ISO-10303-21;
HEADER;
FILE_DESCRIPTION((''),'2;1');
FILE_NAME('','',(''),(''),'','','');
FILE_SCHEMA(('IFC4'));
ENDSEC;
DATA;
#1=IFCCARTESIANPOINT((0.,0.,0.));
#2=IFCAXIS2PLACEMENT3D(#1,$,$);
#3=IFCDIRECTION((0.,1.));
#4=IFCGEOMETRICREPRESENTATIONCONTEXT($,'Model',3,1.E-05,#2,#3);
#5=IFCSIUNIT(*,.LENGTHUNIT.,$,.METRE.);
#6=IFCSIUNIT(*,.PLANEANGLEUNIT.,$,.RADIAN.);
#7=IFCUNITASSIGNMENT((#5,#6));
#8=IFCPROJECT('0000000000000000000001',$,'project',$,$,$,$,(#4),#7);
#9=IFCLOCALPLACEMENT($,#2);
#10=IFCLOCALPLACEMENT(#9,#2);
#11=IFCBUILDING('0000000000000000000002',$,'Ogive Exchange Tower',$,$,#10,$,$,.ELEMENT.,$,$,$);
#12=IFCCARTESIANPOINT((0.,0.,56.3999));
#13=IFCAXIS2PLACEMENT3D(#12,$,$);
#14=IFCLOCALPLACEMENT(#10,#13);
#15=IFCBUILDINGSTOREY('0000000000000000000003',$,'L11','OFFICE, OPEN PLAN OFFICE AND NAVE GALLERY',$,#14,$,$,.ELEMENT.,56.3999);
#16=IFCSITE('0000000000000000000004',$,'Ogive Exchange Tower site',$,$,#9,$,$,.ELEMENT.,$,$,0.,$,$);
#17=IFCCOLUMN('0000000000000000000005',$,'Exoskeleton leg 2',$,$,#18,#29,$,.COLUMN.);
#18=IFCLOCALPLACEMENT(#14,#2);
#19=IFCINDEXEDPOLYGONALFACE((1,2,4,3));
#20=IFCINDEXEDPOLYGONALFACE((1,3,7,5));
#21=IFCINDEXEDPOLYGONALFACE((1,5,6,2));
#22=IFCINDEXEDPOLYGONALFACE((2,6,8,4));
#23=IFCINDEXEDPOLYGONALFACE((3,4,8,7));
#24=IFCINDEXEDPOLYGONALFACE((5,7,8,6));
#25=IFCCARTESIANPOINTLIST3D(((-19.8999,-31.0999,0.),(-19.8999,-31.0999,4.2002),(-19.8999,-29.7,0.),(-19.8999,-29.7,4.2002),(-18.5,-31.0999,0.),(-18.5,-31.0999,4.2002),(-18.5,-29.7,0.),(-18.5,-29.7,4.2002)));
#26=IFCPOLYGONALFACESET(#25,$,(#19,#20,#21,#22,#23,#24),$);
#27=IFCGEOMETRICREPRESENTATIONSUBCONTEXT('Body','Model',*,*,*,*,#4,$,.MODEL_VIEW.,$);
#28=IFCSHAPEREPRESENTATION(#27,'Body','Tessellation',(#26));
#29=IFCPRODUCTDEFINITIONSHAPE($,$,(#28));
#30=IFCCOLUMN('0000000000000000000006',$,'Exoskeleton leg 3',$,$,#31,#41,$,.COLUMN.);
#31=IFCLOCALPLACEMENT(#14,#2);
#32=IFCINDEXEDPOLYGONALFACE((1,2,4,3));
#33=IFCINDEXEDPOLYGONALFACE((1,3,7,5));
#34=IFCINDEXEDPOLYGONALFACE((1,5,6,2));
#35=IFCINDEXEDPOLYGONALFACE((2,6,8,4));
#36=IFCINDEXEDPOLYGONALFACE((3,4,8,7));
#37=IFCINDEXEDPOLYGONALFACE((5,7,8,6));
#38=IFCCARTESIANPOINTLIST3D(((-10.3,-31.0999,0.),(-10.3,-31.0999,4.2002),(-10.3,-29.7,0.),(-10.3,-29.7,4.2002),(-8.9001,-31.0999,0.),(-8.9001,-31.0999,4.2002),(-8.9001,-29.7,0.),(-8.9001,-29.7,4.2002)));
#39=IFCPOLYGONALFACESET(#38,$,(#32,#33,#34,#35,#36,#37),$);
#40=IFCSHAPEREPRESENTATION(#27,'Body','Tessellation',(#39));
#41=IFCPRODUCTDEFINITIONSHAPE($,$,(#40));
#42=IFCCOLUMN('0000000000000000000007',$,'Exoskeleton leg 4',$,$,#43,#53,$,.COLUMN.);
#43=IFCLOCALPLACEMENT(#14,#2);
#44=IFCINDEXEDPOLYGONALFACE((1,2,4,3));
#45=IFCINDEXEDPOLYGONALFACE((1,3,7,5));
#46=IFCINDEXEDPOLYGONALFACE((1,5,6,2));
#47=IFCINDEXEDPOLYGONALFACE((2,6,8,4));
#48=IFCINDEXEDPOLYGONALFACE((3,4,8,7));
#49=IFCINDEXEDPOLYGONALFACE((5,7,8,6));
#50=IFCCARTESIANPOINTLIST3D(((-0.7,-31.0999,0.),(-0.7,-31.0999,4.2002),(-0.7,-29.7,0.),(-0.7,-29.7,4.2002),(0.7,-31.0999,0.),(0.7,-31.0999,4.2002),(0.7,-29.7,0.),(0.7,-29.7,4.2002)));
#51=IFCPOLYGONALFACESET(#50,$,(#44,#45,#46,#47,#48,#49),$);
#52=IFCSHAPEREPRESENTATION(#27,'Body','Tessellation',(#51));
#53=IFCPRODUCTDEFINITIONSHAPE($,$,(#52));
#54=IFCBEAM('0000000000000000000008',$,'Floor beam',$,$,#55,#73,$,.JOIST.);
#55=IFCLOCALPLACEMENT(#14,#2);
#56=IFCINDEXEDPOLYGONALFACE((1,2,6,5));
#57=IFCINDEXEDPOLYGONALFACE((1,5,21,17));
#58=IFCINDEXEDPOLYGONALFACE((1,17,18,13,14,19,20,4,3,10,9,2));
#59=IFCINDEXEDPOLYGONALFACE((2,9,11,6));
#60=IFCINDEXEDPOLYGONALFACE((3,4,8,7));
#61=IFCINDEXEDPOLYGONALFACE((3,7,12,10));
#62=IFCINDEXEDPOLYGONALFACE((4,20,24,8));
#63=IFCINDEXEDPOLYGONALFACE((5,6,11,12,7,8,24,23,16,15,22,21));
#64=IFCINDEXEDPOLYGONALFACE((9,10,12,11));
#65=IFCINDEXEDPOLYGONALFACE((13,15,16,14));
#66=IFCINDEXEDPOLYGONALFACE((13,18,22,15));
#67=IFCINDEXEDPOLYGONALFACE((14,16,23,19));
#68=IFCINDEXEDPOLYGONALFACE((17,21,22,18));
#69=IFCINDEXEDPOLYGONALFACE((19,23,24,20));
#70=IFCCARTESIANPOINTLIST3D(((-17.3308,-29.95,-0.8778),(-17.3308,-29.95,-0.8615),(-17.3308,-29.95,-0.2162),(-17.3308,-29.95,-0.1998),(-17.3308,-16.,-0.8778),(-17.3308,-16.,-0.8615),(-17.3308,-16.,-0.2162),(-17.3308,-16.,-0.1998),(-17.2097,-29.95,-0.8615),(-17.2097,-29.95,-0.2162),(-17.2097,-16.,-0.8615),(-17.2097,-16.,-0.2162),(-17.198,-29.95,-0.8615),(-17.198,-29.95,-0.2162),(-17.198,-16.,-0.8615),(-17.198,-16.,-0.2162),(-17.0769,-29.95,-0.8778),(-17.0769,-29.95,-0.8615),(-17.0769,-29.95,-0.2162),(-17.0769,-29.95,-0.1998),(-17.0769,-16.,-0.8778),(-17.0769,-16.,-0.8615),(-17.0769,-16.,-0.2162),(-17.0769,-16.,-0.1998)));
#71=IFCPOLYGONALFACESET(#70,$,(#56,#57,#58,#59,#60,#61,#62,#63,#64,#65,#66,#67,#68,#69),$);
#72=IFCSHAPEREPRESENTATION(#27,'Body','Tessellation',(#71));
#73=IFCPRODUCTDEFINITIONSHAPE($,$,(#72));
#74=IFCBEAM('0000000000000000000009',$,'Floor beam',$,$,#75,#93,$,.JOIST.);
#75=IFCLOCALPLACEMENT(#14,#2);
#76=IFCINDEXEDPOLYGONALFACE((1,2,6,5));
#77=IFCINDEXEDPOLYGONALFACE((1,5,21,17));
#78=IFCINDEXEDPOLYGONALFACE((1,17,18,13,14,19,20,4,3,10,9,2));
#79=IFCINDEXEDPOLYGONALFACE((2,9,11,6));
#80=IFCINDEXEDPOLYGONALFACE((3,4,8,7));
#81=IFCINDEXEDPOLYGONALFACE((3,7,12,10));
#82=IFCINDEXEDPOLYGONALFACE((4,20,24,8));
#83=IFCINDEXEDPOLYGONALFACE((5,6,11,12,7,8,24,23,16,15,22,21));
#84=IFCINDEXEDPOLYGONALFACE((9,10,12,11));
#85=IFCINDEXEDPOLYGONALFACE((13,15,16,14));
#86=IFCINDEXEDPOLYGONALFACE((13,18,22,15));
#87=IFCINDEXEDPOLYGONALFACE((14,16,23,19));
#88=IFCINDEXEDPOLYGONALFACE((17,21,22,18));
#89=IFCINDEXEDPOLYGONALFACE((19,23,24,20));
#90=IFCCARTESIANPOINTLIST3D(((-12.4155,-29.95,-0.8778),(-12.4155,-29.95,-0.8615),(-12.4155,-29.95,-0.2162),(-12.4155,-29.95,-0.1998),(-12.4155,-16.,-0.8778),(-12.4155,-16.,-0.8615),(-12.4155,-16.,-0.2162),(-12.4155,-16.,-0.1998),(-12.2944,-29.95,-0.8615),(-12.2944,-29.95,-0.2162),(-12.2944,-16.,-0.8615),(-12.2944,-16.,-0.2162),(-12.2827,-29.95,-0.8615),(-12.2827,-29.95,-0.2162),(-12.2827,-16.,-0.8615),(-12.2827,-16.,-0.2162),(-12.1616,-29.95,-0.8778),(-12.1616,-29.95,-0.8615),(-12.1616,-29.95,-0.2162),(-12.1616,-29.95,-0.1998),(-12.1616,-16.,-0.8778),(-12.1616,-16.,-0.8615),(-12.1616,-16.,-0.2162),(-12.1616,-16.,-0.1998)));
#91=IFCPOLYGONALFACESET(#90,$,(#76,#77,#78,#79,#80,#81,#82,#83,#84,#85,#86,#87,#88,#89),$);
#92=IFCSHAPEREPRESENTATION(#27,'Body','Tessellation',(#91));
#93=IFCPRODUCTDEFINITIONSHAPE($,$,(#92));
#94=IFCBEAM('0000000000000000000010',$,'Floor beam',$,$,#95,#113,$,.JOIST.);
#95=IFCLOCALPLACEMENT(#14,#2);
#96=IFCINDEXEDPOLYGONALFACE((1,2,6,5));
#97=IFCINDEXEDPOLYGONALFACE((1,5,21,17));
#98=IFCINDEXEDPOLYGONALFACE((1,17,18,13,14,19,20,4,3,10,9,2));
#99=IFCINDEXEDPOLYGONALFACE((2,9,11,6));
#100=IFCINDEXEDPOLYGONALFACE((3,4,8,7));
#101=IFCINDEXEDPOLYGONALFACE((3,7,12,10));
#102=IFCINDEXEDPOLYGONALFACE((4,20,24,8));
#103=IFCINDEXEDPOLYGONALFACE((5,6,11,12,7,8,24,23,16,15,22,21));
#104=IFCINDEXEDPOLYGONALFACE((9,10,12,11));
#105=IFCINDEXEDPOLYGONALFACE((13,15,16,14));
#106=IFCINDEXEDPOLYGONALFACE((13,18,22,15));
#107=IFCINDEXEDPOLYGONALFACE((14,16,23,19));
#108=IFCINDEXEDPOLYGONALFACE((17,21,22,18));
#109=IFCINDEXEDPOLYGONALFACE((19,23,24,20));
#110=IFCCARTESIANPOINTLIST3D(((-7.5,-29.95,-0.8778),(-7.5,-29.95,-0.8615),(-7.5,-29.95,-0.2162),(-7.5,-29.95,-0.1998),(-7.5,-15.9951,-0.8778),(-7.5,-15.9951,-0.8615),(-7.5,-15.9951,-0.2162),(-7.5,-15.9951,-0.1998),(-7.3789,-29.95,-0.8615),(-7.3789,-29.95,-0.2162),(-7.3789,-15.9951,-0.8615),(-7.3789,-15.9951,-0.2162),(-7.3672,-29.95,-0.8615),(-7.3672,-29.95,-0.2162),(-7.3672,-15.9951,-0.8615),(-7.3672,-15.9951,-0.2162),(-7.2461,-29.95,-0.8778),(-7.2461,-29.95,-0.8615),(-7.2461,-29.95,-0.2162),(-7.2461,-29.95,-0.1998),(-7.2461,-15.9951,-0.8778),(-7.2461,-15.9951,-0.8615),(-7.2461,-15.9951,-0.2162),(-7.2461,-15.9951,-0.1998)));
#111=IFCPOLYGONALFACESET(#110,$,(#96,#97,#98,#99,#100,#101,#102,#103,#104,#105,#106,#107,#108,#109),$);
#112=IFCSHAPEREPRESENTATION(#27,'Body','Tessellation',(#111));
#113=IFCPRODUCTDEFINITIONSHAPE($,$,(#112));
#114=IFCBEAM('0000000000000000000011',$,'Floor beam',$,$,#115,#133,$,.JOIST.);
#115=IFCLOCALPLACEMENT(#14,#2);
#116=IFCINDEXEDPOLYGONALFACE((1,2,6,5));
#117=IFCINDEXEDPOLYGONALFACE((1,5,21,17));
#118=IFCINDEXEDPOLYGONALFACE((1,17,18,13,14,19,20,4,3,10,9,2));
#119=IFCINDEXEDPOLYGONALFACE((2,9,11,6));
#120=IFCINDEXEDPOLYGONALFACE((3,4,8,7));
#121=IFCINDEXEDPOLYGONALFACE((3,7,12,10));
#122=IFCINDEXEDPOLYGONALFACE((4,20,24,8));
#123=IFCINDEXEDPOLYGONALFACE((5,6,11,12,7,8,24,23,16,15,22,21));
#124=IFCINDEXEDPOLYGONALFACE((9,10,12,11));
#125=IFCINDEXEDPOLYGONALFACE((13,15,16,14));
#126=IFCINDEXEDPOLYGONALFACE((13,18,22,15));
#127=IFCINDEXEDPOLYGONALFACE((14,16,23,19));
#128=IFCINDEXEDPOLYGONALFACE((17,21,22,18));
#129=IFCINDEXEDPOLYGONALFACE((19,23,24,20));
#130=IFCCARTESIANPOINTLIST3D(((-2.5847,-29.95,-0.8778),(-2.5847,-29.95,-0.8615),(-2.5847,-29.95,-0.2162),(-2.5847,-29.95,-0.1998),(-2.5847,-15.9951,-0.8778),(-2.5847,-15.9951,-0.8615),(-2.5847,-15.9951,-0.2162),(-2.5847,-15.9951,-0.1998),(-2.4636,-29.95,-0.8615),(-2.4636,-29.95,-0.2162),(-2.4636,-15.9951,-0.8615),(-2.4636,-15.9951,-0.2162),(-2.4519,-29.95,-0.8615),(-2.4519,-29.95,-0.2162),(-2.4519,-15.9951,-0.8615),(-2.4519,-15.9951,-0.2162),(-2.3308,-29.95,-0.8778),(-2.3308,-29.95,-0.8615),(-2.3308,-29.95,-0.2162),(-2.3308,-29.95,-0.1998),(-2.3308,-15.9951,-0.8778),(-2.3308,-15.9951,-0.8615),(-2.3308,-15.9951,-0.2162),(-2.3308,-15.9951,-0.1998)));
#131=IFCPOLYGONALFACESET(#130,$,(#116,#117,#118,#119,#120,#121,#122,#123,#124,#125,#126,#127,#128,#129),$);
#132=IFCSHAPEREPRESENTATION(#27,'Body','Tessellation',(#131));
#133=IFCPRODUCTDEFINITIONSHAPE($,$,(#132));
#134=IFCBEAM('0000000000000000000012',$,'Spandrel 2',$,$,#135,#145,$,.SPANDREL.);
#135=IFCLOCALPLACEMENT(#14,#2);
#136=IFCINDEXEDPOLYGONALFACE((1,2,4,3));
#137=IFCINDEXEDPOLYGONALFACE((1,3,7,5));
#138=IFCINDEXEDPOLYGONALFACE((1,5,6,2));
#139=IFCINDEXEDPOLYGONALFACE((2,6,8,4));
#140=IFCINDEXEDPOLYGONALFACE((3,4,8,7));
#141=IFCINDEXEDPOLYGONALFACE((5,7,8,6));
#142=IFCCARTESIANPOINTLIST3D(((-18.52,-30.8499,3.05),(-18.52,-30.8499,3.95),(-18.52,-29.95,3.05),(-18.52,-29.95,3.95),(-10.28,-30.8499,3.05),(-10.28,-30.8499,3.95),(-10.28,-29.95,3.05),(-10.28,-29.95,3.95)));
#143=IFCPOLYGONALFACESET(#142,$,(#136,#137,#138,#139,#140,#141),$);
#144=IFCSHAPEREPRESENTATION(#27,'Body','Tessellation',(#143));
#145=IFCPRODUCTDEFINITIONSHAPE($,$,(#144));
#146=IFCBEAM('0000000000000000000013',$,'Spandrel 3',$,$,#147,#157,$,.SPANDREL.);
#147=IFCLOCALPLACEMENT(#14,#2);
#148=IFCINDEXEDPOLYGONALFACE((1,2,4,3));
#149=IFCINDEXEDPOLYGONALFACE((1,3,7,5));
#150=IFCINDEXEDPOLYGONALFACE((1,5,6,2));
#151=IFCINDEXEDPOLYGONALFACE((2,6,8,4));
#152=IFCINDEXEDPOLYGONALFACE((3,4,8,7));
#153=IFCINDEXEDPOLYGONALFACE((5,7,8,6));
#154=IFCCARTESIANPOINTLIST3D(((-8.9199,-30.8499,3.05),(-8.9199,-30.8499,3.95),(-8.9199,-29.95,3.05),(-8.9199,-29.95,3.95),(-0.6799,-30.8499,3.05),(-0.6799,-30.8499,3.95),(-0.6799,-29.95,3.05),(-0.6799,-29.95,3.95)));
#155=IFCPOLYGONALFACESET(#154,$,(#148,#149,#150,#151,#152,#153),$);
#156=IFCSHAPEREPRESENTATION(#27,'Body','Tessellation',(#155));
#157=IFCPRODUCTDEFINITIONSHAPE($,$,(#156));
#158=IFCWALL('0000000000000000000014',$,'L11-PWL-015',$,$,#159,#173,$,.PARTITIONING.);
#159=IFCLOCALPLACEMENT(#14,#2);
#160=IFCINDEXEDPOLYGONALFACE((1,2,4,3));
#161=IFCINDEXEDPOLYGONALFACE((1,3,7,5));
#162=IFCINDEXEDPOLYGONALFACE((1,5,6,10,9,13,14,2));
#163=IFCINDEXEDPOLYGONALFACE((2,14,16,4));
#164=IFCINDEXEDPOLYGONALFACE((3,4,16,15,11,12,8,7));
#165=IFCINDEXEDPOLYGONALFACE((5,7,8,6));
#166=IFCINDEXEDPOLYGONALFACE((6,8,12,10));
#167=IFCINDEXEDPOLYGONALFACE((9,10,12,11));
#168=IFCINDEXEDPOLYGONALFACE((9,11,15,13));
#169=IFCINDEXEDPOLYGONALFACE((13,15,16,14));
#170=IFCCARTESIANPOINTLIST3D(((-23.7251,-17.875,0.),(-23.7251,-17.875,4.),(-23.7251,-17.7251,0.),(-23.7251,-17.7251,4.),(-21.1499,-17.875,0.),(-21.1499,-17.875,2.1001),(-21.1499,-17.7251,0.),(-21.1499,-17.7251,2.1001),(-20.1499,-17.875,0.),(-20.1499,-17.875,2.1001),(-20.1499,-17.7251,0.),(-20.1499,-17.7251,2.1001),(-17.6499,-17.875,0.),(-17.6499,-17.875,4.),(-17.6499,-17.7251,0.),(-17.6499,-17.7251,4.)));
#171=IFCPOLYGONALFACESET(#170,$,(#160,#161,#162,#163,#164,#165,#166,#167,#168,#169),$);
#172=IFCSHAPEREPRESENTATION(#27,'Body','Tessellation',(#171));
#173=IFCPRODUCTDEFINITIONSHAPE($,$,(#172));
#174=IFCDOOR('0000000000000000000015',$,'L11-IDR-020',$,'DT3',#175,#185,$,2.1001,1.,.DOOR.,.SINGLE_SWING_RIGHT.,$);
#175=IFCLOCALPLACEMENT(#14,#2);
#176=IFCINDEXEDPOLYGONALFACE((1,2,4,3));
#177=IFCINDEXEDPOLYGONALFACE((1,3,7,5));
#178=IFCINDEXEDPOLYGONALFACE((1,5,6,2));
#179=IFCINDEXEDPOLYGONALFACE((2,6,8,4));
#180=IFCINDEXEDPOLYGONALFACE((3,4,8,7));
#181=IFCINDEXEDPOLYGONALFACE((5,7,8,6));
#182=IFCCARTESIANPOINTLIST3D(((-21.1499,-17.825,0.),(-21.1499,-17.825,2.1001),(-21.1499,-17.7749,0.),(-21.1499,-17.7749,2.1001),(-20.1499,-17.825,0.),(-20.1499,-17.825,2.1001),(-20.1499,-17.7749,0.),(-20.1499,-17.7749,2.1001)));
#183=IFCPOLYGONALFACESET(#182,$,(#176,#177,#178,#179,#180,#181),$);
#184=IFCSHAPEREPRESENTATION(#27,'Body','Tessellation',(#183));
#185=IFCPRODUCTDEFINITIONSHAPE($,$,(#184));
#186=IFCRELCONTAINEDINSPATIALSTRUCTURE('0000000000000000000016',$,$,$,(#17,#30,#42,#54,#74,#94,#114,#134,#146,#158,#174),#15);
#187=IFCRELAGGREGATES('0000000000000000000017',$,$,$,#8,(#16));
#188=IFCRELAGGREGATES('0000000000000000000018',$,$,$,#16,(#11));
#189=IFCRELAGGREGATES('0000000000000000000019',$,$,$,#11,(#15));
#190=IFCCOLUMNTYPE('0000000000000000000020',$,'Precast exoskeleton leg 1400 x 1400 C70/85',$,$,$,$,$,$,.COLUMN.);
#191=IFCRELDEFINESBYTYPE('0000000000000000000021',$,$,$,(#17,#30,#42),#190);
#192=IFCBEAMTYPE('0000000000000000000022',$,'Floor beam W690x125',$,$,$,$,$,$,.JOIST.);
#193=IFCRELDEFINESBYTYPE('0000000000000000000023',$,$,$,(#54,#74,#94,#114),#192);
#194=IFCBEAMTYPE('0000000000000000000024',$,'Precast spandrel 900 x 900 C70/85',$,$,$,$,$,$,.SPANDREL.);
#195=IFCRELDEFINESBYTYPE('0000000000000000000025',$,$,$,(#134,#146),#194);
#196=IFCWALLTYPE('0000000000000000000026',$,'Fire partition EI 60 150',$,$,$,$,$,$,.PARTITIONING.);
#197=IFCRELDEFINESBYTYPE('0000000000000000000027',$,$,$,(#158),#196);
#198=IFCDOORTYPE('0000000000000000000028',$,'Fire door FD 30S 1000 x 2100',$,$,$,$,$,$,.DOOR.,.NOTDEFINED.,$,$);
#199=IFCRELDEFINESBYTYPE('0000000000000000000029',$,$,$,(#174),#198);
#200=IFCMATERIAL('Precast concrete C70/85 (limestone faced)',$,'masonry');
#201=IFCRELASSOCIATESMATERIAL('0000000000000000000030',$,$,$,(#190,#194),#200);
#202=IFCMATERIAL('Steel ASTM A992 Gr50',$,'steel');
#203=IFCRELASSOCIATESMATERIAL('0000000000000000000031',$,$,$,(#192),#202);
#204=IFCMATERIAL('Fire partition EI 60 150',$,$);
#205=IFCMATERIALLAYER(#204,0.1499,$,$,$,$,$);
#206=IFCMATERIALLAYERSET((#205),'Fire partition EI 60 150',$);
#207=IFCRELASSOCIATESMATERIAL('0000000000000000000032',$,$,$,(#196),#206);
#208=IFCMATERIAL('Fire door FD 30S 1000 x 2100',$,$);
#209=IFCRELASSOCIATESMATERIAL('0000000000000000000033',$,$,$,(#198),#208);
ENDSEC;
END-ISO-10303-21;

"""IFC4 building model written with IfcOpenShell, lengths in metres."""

from ifc_helpers import new_model, si_unit, direction, frame, frame_2d, origin, origin_2d, place, context, subcontext, project, spatial, rectangle, i_section, extrude, material, layer, layer_set, material_profile, profile_set, type_object, element, fill, save


model = new_model("IFC4")

# Units and contexts
model_context = context("Model", 3, precision=1e-05, world=origin(), true_north=direction((0.0, 1.0)))
body_context = subcontext(model_context, "Body", "Model", "MODEL_VIEW")
ifc_project = project(units=[si_unit("LENGTHUNIT", "METRE"), si_unit("PLANEANGLEUNIT", "RADIAN")], contexts=[model_context])

# Site, building, storey
site_placement = place(None, origin())
site = spatial("IfcSite", under=ifc_project, at=site_placement, Name="Ogive Exchange Tower site", CompositionType="ELEMENT", RefElevation=0.0)
building_placement = place(site_placement, origin())
building = spatial("IfcBuilding", under=site, at=building_placement, Name="Ogive Exchange Tower", CompositionType="ELEMENT")
storey_placement = place(building_placement, frame((0.0, 0.0, 56.3999)))
storey = spatial("IfcBuildingStorey", under=building, at=storey_placement, Name="L11", Description="OFFICE, OPEN PLAN OFFICE AND NAVE GALLERY", CompositionType="ELEMENT", Elevation=56.3999)

# Columns
ifc_material_1 = material(Name="Precast concrete C70/85 (limestone faced)", Category="masonry")
ifc_material_profile_1 = material_profile(ifc_material_1, rectangle(XDim=1.3999, YDim=1.3999, at=origin_2d()), Name="1400 x 1400")
ifc_profile_set_1 = profile_set([ifc_material_profile_1], Name="Precast concrete C70/85 (limestone faced)")
column_type = type_object("IfcColumnType", Name="Precast exoskeleton leg 1400 x 1400 C70/85", PredefinedType="COLUMN", material=ifc_profile_set_1)
for number, where, z_axis, x_axis, name in (
    (1, (-19.2, -30.3999, 0.0), (0.0, 0.0, 1.0), (1.0, 0.0, 0.0), "Exoskeleton leg 2"),
    (2, (-9.6001, -30.3999, 0.0), (0.0, 0.0, 1.0), (1.0, 0.0, 0.0), "Exoskeleton leg 3"),
    (3, (0.0, -30.3999, 0.0), (0.0, 0.0, 1.0), (1.0, 0.0, 0.0), "Exoskeleton leg 4"),
):
    element("IfcColumn", number, at=place(storey_placement, frame(where, z_axis=z_axis, x_axis=x_axis)), inside=storey, type_object=column_type, Name=name, PredefinedType="COLUMN", context=body_context, shape_type="SweptSolid", body=[
        extrude(rectangle(XDim=1.3999, YDim=1.3999, at=origin_2d()), origin(), (0.0, 0.0, 1.0), 4.2002),
    ])

# Beams
ifc_material_2 = material(Name="Steel ASTM A992 Gr50", Category="steel")
ifc_material_profile_2 = material_profile(ifc_material_2, i_section(OverallWidth=0.2539, OverallDepth=0.678, WebThickness=0.0117, FlangeThickness=0.0164, at=origin_2d()), Name="W690x125")
ifc_profile_set_2 = profile_set([ifc_material_profile_2], Name="Steel ASTM A992 Gr50")
beam_type_1 = type_object("IfcBeamType", Name="Floor beam W690x125", PredefinedType="JOIST", material=ifc_profile_set_2)
for number, where, z_axis, x_axis, name in (
    (4, (-17.2039, -29.95, -0.5388), (0.0, 1.0, 0.0), (-1.0, 0.0, 0.0), "Floor beam"),
    (5, (-12.2886, -29.95, -0.5388), (0.0, 1.0, 0.0), (-1.0, 0.0, 0.0), "Floor beam"),
):
    element("IfcBeam", number, at=place(storey_placement, frame(where, z_axis=z_axis, x_axis=x_axis)), inside=storey, type_object=beam_type_1, Name=name, PredefinedType="JOIST", context=body_context, shape_type="SweptSolid", body=[
        extrude(i_section(OverallWidth=0.2539, OverallDepth=0.678, WebThickness=0.0117, FlangeThickness=0.0164, at=origin_2d()), origin(), (0.0, 0.0, 1.0), 13.95),
    ])
for number, where, z_axis, x_axis, name in (
    (6, (-7.373, -29.95, -0.5388), (0.0, 1.0, 0.0), (-1.0, 0.0, 0.0), "Floor beam"),
    (7, (-2.4578, -29.95, -0.5388), (0.0, 1.0, 0.0), (-1.0, 0.0, 0.0), "Floor beam"),
):
    element("IfcBeam", number, at=place(storey_placement, frame(where, z_axis=z_axis, x_axis=x_axis)), inside=storey, type_object=beam_type_1, Name=name, PredefinedType="JOIST", context=body_context, shape_type="SweptSolid", body=[
        extrude(i_section(OverallWidth=0.2539, OverallDepth=0.678, WebThickness=0.0117, FlangeThickness=0.0164, at=origin_2d()), origin(), (0.0, 0.0, 1.0), 13.9548),
    ])
ifc_material_profile_3 = material_profile(ifc_material_1, rectangle(XDim=0.8999, YDim=0.8999, at=origin_2d()), Name="900 x 900")
ifc_profile_set_3 = profile_set([ifc_material_profile_3], Name="Precast concrete C70/85 (limestone faced)")
beam_type_2 = type_object("IfcBeamType", Name="Precast spandrel 900 x 900 C70/85", PredefinedType="SPANDREL", material=ifc_profile_set_3)
for number, where, z_axis, x_axis, name in (
    (8, (-18.52, -30.3999, 3.5), (1.0, 0.0, 0.0), (0.0, 1.0, 0.0), "Spandrel 2"),
    (9, (-8.9199, -30.3999, 3.5), (1.0, 0.0, 0.0), (0.0, 1.0, 0.0), "Spandrel 3"),
):
    element("IfcBeam", number, at=place(storey_placement, frame(where, z_axis=z_axis, x_axis=x_axis)), inside=storey, type_object=beam_type_2, Name=name, PredefinedType="SPANDREL", context=body_context, shape_type="SweptSolid", body=[
        extrude(rectangle(XDim=0.8999, YDim=0.8999, at=origin_2d()), origin(), (0.0, 0.0, 1.0), 8.24),
    ])

# Wall, opening, door
ifc_material_3 = material(Name="Fire partition EI 60 150")
ifc_layer_1 = layer(ifc_material_3, 0.1499)
ifc_layer_set_1 = layer_set([ifc_layer_1], Name="Fire partition EI 60 150")
wall_type_1 = type_object("IfcWallType", Name="Fire partition EI 60 150", PredefinedType="PARTITIONING", material=ifc_layer_set_1)
wall_1_placement = place(storey_placement, frame((-17.6499, -17.8, 0.0), z_axis=(0.0, 0.0, 1.0), x_axis=(-1.0, 0.0, 0.0)))
wall_1 = element("IfcWall", 10, at=wall_1_placement, inside=storey, type_object=wall_type_1, Name="L11-PWL-015", PredefinedType="PARTITIONING", context=body_context, shape_type="SweptSolid", body=[
    extrude(rectangle(XDim=6.0752, YDim=0.1499, at=frame_2d((3.0376, 0.0))), origin(), (0.0, 0.0, 1.0), 4.0),
])
opening_1_placement = place(wall_1_placement, frame((2.5, 0.0, 0.0)))
opening_1 = element("IfcOpeningElement", 11, at=opening_1_placement, cuts=wall_1, PredefinedType="OPENING", context=body_context, shape_type="SweptSolid", body=[
    extrude(rectangle(XDim=1.0, YDim=2.1001, at=frame_2d((0.5, 1.05))), frame((0.0, 0.085, 0.0), z_axis=(0.0, -1.0, 0.0), x_axis=(1.0, 0.0, 0.0)), (0.0, 0.0, 1.0), 0.1699),
])
ifc_material_4 = material(Name="Fire door FD 30S 1000 x 2100")
door_type_1 = type_object("IfcDoorType", Name="Fire door FD 30S 1000 x 2100", OperationType="NOTDEFINED", PredefinedType="DOOR", material=ifc_material_4)
door_1_placement = place(opening_1_placement, origin())
door_1 = element("IfcDoor", 12, at=door_1_placement, inside=storey, type_object=door_type_1, Name="L11-IDR-020", ObjectType="DT3", OperationType="SINGLE_SWING_RIGHT", OverallHeight=2.1001, OverallWidth=1.0, PredefinedType="DOOR", context=body_context, shape_type="SweptSolid", body=[
    extrude(rectangle(XDim=1.0, YDim=2.1001, at=frame_2d((0.5, 1.05))), frame((0.0, 0.0249, 0.0), z_axis=(0.0, -1.0, 0.0), x_axis=(1.0, 0.0, 0.0)), (0.0, 0.0, 1.0), 0.05),
])
fill(opening_1, door_1)

save(model, "model.ifc")
